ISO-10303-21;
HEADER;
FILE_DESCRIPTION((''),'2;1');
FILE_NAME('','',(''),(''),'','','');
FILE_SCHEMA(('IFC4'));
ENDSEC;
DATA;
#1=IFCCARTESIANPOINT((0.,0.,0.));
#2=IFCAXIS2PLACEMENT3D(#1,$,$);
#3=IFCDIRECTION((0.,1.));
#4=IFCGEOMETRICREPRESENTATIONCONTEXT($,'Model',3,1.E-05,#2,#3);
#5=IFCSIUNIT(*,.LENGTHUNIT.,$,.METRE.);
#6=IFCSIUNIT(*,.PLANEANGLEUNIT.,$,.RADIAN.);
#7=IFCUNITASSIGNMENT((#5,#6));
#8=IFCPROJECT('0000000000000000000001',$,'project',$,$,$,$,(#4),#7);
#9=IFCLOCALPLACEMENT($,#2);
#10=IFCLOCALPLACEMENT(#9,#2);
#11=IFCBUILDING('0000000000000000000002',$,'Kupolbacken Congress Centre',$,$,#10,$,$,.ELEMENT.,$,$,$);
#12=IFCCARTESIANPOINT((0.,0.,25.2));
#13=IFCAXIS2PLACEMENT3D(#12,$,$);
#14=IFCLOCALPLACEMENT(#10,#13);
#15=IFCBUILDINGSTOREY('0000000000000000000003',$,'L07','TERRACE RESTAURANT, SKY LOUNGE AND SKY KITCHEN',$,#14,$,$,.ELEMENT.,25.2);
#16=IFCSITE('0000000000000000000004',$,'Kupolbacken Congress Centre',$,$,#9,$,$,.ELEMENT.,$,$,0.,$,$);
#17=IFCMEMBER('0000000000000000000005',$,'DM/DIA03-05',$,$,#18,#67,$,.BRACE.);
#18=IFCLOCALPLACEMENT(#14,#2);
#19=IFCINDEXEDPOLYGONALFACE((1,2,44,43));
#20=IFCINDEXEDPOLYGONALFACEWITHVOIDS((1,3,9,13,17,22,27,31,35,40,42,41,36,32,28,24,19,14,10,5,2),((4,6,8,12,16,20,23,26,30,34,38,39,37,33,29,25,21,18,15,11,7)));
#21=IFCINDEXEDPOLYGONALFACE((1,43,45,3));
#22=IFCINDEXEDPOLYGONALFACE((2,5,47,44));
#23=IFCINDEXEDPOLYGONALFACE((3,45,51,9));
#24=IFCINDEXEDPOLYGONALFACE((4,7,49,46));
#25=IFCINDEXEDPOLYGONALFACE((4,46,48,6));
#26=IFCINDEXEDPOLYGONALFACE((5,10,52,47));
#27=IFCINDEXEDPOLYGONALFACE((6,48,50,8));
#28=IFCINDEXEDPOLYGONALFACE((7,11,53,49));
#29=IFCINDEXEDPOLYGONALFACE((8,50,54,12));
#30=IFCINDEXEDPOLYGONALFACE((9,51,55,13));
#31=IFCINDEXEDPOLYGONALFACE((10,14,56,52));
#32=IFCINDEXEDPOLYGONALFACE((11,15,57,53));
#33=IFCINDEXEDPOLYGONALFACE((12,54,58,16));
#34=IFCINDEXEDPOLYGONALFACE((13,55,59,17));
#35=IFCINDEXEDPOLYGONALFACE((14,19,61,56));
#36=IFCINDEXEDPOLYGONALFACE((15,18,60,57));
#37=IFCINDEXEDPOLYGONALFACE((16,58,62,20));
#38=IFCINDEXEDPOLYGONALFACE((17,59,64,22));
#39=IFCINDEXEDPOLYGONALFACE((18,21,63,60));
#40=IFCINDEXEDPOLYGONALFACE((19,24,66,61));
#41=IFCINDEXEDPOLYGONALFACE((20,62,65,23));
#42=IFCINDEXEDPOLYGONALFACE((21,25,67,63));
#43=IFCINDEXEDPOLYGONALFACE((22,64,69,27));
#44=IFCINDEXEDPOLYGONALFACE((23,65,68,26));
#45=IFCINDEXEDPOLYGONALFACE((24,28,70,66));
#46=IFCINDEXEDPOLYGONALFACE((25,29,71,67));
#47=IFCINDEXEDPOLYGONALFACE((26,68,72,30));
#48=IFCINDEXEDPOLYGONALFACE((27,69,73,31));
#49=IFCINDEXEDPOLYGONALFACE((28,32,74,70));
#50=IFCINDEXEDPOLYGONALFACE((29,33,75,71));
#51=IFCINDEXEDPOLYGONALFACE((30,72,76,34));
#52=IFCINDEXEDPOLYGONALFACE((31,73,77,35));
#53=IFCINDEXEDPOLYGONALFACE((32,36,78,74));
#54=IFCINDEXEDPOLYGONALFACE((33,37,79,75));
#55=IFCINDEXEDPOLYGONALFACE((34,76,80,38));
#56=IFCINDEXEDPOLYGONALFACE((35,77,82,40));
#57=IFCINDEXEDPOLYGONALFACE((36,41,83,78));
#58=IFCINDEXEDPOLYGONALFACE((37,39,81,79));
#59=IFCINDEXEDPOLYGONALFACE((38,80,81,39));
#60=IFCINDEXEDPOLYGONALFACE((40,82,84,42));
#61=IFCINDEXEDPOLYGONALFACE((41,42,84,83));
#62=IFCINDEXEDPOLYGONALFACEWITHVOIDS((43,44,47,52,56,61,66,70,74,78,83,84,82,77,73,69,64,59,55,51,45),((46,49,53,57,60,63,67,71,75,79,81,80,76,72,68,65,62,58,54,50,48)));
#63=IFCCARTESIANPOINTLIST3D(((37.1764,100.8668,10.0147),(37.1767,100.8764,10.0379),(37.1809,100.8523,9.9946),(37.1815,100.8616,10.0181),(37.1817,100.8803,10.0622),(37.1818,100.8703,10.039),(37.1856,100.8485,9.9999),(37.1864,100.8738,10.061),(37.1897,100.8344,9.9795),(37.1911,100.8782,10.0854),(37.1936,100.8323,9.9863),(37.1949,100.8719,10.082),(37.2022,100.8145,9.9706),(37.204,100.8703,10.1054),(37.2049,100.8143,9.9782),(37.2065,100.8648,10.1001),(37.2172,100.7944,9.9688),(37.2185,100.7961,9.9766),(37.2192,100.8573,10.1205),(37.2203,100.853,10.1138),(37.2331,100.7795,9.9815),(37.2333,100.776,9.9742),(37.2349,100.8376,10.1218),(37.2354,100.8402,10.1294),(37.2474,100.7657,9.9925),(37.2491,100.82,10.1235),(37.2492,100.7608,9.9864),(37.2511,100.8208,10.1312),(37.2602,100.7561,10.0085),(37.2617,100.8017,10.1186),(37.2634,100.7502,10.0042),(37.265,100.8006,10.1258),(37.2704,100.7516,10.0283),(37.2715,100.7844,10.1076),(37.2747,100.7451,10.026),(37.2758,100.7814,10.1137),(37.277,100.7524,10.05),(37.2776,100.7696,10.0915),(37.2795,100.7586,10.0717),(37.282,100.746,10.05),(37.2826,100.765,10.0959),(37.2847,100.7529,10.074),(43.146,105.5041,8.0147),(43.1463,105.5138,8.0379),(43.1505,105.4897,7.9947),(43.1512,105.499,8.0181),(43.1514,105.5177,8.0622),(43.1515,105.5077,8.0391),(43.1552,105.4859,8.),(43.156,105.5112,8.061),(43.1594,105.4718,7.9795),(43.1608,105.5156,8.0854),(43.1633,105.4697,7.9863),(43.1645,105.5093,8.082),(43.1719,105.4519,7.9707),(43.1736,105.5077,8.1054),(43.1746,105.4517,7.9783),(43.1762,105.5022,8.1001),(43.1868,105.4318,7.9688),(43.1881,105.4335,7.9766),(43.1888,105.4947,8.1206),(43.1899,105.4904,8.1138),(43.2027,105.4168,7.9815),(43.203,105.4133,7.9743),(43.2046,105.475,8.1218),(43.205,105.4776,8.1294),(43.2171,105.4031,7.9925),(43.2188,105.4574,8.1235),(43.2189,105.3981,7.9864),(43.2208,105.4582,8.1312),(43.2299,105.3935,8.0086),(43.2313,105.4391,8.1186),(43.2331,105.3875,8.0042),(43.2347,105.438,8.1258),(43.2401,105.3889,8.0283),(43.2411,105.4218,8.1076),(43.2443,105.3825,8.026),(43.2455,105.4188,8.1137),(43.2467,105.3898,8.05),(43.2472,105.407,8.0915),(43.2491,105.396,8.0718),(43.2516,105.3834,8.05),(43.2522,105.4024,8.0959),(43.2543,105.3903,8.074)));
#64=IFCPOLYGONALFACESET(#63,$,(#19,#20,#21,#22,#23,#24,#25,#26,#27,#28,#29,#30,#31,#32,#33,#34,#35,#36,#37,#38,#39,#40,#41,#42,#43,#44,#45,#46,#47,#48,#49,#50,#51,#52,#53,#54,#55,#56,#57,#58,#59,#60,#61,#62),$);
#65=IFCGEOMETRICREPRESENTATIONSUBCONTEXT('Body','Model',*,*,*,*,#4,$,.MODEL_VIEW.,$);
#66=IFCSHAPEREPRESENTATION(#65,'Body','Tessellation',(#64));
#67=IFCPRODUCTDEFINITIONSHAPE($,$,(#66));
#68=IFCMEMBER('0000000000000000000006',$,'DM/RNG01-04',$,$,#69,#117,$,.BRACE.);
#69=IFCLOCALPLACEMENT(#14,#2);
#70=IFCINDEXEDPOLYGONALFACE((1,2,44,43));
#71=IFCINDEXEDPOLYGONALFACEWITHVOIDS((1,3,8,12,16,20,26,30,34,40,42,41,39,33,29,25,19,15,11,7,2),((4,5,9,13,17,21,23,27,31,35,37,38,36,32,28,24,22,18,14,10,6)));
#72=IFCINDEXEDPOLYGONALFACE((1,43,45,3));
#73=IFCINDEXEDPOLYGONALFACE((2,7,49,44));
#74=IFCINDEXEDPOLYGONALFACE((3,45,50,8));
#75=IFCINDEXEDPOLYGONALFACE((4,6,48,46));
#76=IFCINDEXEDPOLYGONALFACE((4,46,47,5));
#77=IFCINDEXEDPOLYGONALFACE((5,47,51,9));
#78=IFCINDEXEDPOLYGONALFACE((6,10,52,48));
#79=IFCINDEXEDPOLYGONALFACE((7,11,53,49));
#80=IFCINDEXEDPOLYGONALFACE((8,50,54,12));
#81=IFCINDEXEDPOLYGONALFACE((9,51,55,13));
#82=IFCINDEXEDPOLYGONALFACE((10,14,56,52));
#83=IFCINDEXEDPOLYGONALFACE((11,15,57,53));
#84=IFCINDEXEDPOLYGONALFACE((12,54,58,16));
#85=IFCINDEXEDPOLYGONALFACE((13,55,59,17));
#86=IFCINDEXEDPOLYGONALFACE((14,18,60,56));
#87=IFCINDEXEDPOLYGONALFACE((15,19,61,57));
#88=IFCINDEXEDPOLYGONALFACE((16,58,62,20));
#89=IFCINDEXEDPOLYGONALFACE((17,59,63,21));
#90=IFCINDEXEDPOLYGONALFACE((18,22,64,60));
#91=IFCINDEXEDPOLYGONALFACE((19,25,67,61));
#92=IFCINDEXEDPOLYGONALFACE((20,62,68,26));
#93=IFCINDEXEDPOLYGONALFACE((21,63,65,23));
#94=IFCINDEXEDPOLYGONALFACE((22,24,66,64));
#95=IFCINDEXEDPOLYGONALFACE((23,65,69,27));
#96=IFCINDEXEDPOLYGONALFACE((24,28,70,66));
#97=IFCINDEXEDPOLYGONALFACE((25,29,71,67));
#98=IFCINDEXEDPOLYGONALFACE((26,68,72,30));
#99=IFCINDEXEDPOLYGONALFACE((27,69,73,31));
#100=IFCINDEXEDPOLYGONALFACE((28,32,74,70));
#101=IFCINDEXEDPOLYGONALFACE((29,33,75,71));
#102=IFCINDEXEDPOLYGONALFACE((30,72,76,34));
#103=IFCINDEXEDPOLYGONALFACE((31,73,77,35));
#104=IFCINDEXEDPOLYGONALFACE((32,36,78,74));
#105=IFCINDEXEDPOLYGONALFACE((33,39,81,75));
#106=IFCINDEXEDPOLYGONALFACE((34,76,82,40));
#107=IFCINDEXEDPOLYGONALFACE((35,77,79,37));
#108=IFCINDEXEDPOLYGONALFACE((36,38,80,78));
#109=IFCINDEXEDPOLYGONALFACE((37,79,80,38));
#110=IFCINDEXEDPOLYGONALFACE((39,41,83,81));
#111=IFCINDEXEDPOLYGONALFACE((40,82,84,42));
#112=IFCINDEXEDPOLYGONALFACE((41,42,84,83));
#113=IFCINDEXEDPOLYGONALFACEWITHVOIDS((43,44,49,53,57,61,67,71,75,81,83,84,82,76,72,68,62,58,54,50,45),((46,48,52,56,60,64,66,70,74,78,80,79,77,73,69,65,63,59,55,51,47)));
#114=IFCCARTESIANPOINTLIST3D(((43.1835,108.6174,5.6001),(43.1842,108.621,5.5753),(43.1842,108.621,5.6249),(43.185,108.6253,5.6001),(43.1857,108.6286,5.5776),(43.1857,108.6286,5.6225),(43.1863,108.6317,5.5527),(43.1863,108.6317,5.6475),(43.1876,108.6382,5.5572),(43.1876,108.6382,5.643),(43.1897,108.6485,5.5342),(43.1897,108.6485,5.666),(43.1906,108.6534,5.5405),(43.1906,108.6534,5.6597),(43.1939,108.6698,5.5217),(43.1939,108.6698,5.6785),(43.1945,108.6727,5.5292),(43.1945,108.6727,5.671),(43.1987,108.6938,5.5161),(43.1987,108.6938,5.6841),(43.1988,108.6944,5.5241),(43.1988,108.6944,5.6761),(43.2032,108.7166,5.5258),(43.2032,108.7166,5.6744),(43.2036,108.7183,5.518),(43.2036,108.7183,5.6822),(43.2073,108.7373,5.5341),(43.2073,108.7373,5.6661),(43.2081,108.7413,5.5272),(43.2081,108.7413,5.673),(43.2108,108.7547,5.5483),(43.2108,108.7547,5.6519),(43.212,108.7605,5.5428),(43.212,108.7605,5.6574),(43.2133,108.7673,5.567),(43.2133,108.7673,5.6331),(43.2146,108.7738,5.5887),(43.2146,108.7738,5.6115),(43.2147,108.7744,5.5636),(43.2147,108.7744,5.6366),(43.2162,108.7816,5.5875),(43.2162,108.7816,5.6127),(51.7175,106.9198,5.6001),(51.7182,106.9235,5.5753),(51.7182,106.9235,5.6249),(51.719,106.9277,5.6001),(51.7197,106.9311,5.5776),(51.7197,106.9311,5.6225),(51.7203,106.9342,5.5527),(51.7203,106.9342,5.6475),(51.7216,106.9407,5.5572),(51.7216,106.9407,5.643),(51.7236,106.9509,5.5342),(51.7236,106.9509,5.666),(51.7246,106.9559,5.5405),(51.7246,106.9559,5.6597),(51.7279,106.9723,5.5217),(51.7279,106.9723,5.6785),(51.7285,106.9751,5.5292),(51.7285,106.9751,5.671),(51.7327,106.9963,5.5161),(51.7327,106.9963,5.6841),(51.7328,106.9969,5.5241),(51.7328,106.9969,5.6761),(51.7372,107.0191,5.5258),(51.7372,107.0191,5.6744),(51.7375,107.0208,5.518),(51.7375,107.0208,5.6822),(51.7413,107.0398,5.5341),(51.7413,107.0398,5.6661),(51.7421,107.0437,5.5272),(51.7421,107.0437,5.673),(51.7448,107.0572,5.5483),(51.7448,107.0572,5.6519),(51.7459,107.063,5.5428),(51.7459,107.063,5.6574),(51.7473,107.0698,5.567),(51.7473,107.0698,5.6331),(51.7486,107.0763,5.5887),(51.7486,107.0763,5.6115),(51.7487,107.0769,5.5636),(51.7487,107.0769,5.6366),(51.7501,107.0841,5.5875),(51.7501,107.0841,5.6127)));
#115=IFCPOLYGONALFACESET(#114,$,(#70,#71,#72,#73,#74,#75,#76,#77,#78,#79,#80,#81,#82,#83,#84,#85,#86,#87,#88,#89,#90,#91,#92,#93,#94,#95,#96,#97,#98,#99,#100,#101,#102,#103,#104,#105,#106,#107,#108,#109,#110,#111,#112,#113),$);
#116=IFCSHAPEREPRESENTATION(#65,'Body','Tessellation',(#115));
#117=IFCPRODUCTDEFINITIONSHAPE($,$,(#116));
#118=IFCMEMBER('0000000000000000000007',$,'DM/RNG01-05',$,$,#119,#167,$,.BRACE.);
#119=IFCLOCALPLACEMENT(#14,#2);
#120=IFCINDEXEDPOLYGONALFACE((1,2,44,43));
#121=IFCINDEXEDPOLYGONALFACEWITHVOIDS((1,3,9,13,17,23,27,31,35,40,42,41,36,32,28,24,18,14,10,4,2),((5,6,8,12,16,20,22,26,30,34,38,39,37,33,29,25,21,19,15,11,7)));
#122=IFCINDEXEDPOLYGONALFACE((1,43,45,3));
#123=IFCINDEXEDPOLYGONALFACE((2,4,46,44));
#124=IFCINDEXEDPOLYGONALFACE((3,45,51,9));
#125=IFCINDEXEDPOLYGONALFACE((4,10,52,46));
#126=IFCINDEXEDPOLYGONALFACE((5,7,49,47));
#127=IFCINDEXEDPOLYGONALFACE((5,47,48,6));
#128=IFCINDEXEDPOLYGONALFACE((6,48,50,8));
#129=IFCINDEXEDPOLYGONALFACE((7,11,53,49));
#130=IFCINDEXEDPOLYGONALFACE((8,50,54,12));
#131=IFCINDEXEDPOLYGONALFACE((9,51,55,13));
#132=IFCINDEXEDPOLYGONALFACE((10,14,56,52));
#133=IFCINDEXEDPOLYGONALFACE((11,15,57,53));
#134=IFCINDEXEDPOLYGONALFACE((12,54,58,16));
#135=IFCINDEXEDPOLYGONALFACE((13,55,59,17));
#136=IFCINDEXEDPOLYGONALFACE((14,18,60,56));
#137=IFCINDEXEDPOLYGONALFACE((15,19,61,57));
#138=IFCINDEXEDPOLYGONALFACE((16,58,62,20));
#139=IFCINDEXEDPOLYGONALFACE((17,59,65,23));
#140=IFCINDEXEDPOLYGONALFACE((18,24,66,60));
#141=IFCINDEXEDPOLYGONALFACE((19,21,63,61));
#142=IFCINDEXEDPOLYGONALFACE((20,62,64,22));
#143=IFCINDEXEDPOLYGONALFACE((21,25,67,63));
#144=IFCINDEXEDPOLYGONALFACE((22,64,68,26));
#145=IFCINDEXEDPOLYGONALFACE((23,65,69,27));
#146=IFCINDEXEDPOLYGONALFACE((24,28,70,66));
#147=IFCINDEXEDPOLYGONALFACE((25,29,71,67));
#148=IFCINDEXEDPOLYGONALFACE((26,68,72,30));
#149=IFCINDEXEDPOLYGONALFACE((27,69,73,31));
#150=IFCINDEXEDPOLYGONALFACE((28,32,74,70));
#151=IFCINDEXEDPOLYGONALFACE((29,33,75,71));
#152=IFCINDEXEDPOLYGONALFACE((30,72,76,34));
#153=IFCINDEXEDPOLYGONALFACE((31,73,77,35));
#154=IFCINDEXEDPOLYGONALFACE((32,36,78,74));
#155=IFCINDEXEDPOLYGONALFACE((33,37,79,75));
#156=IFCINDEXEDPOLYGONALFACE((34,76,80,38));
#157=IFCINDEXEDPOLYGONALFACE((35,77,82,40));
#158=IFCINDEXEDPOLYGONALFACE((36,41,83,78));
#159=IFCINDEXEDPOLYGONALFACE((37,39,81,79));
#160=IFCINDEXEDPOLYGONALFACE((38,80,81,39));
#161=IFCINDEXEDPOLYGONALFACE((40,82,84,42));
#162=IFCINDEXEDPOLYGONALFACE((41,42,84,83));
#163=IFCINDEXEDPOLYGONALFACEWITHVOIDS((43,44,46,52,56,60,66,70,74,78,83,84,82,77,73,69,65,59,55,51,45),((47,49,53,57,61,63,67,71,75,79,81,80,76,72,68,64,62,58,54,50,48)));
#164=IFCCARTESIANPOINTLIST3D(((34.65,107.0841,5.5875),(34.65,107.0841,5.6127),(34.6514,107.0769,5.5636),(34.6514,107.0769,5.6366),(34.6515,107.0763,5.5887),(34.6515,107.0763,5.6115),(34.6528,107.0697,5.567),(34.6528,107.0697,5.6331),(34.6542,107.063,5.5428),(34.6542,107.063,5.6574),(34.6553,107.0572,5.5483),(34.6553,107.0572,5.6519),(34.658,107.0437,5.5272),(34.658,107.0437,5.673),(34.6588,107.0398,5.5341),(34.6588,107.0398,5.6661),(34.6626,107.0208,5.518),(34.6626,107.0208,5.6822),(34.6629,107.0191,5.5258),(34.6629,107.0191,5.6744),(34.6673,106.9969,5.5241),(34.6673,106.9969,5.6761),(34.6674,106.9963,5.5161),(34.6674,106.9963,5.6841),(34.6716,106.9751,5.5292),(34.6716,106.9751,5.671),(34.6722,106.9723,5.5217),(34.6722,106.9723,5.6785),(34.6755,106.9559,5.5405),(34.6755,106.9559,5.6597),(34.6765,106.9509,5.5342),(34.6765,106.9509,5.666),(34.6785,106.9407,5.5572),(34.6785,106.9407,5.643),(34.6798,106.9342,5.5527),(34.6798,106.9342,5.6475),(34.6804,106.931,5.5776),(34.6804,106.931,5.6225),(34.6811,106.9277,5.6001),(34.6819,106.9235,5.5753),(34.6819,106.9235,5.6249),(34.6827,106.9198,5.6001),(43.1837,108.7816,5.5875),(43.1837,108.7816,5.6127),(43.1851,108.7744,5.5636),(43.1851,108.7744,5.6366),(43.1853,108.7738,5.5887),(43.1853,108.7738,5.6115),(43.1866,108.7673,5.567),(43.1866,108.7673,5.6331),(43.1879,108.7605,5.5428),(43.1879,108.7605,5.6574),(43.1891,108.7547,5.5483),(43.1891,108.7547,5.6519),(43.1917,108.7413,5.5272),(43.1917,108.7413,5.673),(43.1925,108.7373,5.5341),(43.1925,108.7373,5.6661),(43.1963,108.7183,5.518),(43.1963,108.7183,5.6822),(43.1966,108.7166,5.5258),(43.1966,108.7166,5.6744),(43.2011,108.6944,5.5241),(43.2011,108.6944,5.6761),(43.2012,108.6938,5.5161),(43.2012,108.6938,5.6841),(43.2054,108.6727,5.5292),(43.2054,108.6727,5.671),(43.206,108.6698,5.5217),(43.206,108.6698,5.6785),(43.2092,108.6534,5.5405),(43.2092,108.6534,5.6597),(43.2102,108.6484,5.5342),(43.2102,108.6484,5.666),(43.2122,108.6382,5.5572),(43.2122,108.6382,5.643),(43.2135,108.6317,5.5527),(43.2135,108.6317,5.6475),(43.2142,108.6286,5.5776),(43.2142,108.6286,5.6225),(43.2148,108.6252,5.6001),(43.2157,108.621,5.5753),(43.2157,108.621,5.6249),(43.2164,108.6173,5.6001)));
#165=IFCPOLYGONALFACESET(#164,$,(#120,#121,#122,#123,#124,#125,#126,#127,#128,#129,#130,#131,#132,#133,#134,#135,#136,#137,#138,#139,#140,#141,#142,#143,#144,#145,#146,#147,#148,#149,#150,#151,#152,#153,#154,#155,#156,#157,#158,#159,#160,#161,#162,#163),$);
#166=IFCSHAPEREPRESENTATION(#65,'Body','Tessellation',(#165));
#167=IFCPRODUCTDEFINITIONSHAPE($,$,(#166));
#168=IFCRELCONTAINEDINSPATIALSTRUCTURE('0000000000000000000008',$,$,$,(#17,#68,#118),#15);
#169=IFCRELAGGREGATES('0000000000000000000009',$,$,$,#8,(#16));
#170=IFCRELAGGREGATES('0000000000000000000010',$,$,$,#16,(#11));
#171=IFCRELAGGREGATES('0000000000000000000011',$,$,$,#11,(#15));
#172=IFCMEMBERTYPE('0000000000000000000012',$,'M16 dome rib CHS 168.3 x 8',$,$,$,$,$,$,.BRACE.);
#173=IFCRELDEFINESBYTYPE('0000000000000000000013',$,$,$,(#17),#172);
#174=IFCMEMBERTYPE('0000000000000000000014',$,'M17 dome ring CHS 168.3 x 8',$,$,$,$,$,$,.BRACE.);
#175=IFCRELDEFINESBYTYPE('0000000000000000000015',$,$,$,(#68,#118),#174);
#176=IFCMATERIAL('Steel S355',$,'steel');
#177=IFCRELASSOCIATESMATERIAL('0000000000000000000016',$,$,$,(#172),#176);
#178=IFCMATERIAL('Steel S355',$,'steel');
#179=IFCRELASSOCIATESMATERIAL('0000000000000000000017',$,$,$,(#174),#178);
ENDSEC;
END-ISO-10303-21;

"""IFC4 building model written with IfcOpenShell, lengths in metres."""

from ifc_helpers import new_model, si_unit, direction, frame, origin, origin_2d, place, context, subcontext, project, spatial, hollow_circle, extrude, material, material_profile, profile_set, type_object, element, save


model = new_model("IFC4")

# Units and contexts
model_context = context("Model", 3, precision=1e-05, world=origin(), true_north=direction((0.0, 1.0)))
body_context = subcontext(model_context, "Body", "Model", "MODEL_VIEW")
ifc_project = project(units=[si_unit("LENGTHUNIT", "METRE"), si_unit("PLANEANGLEUNIT", "RADIAN")], contexts=[model_context])

# Site, building, storey
site_placement = place(None, origin())
site = spatial("IfcSite", under=ifc_project, at=site_placement, Name="Kupolbacken Congress Centre", CompositionType="ELEMENT", RefElevation=0.0)
building_placement = place(site_placement, origin())
building = spatial("IfcBuilding", under=site, at=building_placement, Name="Kupolbacken Congress Centre", CompositionType="ELEMENT")
storey_placement = place(building_placement, frame((0.0, 0.0, 25.2)))
storey = spatial("IfcBuildingStorey", under=building, at=storey_placement, Name="L07", Description="TERRACE RESTAURANT, SKY LOUNGE AND SKY KITCHEN", CompositionType="ELEMENT", Elevation=25.2)

# Members
ifc_material_1 = material(Name="Steel S355", Category="steel")
ifc_material_profile_1 = material_profile(ifc_material_1, hollow_circle(Radius=0.0842, WallThickness=0.0081, at=origin_2d()), Name="CHS 168.3 x 8")
ifc_profile_set_1 = profile_set([ifc_material_profile_1], Name="Steel S355")
member_type_1 = type_object("IfcMemberType", Name="M16 dome rib CHS 168.3 x 8", PredefinedType="BRACE", material=ifc_profile_set_1)
member_1_placement = place(storey_placement, frame((43.2, 105.45, 8.05), z_axis=(-0.763447, -0.593067, 0.255773), x_axis=(0.613473, -0.789716, 0.0)))
element("IfcMember", 1, at=member_1_placement, inside=storey, type_object=member_type_1, Name="DM/DIA03-05", PredefinedType="BRACE", context=body_context, shape_type="SweptSolid", body=[
    extrude(hollow_circle(Radius=0.0842, WallThickness=0.0081, at=origin_2d()), origin(), (0.0, 0.0, 1.0), 7.8193),
])
ifc_material_2 = material(Name="Steel S355", Category="steel")
ifc_material_profile_2 = material_profile(ifc_material_2, hollow_circle(Radius=0.0842, WallThickness=0.0081, at=origin_2d()), Name="CHS 168.3 x 8")
ifc_profile_set_2 = profile_set([ifc_material_profile_2], Name="Steel S355")
member_type_2 = type_object("IfcMemberType", Name="M17 dome ring CHS 168.3 x 8", PredefinedType="BRACE", material=ifc_profile_set_2)
member_2_placement = place(storey_placement, frame((51.7339, 107.0024, 5.6001), z_axis=(-0.980785, 0.195091, 0.0), x_axis=(-0.195091, -0.980785, 0.0)))
element("IfcMember", 2, at=member_2_placement, inside=storey, type_object=member_type_2, Name="DM/RNG01-04", PredefinedType="BRACE", context=body_context, shape_type="SweptSolid", body=[
    extrude(hollow_circle(Radius=0.0842, WallThickness=0.0081, at=origin_2d()), origin(), (0.0, 0.0, 1.0), 8.7012),
])
member_3_placement = place(storey_placement, frame((43.2, 108.7, 5.6001), z_axis=(-0.980784, -0.195096, 0.0), x_axis=(0.195096, -0.980784, 0.0)))
element("IfcMember", 3, at=member_3_placement, inside=storey, type_object=member_type_2, Name="DM/RNG01-05", PredefinedType="BRACE", context=body_context, shape_type="SweptSolid", body=[
    extrude(hollow_circle(Radius=0.0842, WallThickness=0.0081, at=origin_2d()), origin(), (0.0, 0.0, 1.0), 8.7009),
])

save(model, "model.ifc")
